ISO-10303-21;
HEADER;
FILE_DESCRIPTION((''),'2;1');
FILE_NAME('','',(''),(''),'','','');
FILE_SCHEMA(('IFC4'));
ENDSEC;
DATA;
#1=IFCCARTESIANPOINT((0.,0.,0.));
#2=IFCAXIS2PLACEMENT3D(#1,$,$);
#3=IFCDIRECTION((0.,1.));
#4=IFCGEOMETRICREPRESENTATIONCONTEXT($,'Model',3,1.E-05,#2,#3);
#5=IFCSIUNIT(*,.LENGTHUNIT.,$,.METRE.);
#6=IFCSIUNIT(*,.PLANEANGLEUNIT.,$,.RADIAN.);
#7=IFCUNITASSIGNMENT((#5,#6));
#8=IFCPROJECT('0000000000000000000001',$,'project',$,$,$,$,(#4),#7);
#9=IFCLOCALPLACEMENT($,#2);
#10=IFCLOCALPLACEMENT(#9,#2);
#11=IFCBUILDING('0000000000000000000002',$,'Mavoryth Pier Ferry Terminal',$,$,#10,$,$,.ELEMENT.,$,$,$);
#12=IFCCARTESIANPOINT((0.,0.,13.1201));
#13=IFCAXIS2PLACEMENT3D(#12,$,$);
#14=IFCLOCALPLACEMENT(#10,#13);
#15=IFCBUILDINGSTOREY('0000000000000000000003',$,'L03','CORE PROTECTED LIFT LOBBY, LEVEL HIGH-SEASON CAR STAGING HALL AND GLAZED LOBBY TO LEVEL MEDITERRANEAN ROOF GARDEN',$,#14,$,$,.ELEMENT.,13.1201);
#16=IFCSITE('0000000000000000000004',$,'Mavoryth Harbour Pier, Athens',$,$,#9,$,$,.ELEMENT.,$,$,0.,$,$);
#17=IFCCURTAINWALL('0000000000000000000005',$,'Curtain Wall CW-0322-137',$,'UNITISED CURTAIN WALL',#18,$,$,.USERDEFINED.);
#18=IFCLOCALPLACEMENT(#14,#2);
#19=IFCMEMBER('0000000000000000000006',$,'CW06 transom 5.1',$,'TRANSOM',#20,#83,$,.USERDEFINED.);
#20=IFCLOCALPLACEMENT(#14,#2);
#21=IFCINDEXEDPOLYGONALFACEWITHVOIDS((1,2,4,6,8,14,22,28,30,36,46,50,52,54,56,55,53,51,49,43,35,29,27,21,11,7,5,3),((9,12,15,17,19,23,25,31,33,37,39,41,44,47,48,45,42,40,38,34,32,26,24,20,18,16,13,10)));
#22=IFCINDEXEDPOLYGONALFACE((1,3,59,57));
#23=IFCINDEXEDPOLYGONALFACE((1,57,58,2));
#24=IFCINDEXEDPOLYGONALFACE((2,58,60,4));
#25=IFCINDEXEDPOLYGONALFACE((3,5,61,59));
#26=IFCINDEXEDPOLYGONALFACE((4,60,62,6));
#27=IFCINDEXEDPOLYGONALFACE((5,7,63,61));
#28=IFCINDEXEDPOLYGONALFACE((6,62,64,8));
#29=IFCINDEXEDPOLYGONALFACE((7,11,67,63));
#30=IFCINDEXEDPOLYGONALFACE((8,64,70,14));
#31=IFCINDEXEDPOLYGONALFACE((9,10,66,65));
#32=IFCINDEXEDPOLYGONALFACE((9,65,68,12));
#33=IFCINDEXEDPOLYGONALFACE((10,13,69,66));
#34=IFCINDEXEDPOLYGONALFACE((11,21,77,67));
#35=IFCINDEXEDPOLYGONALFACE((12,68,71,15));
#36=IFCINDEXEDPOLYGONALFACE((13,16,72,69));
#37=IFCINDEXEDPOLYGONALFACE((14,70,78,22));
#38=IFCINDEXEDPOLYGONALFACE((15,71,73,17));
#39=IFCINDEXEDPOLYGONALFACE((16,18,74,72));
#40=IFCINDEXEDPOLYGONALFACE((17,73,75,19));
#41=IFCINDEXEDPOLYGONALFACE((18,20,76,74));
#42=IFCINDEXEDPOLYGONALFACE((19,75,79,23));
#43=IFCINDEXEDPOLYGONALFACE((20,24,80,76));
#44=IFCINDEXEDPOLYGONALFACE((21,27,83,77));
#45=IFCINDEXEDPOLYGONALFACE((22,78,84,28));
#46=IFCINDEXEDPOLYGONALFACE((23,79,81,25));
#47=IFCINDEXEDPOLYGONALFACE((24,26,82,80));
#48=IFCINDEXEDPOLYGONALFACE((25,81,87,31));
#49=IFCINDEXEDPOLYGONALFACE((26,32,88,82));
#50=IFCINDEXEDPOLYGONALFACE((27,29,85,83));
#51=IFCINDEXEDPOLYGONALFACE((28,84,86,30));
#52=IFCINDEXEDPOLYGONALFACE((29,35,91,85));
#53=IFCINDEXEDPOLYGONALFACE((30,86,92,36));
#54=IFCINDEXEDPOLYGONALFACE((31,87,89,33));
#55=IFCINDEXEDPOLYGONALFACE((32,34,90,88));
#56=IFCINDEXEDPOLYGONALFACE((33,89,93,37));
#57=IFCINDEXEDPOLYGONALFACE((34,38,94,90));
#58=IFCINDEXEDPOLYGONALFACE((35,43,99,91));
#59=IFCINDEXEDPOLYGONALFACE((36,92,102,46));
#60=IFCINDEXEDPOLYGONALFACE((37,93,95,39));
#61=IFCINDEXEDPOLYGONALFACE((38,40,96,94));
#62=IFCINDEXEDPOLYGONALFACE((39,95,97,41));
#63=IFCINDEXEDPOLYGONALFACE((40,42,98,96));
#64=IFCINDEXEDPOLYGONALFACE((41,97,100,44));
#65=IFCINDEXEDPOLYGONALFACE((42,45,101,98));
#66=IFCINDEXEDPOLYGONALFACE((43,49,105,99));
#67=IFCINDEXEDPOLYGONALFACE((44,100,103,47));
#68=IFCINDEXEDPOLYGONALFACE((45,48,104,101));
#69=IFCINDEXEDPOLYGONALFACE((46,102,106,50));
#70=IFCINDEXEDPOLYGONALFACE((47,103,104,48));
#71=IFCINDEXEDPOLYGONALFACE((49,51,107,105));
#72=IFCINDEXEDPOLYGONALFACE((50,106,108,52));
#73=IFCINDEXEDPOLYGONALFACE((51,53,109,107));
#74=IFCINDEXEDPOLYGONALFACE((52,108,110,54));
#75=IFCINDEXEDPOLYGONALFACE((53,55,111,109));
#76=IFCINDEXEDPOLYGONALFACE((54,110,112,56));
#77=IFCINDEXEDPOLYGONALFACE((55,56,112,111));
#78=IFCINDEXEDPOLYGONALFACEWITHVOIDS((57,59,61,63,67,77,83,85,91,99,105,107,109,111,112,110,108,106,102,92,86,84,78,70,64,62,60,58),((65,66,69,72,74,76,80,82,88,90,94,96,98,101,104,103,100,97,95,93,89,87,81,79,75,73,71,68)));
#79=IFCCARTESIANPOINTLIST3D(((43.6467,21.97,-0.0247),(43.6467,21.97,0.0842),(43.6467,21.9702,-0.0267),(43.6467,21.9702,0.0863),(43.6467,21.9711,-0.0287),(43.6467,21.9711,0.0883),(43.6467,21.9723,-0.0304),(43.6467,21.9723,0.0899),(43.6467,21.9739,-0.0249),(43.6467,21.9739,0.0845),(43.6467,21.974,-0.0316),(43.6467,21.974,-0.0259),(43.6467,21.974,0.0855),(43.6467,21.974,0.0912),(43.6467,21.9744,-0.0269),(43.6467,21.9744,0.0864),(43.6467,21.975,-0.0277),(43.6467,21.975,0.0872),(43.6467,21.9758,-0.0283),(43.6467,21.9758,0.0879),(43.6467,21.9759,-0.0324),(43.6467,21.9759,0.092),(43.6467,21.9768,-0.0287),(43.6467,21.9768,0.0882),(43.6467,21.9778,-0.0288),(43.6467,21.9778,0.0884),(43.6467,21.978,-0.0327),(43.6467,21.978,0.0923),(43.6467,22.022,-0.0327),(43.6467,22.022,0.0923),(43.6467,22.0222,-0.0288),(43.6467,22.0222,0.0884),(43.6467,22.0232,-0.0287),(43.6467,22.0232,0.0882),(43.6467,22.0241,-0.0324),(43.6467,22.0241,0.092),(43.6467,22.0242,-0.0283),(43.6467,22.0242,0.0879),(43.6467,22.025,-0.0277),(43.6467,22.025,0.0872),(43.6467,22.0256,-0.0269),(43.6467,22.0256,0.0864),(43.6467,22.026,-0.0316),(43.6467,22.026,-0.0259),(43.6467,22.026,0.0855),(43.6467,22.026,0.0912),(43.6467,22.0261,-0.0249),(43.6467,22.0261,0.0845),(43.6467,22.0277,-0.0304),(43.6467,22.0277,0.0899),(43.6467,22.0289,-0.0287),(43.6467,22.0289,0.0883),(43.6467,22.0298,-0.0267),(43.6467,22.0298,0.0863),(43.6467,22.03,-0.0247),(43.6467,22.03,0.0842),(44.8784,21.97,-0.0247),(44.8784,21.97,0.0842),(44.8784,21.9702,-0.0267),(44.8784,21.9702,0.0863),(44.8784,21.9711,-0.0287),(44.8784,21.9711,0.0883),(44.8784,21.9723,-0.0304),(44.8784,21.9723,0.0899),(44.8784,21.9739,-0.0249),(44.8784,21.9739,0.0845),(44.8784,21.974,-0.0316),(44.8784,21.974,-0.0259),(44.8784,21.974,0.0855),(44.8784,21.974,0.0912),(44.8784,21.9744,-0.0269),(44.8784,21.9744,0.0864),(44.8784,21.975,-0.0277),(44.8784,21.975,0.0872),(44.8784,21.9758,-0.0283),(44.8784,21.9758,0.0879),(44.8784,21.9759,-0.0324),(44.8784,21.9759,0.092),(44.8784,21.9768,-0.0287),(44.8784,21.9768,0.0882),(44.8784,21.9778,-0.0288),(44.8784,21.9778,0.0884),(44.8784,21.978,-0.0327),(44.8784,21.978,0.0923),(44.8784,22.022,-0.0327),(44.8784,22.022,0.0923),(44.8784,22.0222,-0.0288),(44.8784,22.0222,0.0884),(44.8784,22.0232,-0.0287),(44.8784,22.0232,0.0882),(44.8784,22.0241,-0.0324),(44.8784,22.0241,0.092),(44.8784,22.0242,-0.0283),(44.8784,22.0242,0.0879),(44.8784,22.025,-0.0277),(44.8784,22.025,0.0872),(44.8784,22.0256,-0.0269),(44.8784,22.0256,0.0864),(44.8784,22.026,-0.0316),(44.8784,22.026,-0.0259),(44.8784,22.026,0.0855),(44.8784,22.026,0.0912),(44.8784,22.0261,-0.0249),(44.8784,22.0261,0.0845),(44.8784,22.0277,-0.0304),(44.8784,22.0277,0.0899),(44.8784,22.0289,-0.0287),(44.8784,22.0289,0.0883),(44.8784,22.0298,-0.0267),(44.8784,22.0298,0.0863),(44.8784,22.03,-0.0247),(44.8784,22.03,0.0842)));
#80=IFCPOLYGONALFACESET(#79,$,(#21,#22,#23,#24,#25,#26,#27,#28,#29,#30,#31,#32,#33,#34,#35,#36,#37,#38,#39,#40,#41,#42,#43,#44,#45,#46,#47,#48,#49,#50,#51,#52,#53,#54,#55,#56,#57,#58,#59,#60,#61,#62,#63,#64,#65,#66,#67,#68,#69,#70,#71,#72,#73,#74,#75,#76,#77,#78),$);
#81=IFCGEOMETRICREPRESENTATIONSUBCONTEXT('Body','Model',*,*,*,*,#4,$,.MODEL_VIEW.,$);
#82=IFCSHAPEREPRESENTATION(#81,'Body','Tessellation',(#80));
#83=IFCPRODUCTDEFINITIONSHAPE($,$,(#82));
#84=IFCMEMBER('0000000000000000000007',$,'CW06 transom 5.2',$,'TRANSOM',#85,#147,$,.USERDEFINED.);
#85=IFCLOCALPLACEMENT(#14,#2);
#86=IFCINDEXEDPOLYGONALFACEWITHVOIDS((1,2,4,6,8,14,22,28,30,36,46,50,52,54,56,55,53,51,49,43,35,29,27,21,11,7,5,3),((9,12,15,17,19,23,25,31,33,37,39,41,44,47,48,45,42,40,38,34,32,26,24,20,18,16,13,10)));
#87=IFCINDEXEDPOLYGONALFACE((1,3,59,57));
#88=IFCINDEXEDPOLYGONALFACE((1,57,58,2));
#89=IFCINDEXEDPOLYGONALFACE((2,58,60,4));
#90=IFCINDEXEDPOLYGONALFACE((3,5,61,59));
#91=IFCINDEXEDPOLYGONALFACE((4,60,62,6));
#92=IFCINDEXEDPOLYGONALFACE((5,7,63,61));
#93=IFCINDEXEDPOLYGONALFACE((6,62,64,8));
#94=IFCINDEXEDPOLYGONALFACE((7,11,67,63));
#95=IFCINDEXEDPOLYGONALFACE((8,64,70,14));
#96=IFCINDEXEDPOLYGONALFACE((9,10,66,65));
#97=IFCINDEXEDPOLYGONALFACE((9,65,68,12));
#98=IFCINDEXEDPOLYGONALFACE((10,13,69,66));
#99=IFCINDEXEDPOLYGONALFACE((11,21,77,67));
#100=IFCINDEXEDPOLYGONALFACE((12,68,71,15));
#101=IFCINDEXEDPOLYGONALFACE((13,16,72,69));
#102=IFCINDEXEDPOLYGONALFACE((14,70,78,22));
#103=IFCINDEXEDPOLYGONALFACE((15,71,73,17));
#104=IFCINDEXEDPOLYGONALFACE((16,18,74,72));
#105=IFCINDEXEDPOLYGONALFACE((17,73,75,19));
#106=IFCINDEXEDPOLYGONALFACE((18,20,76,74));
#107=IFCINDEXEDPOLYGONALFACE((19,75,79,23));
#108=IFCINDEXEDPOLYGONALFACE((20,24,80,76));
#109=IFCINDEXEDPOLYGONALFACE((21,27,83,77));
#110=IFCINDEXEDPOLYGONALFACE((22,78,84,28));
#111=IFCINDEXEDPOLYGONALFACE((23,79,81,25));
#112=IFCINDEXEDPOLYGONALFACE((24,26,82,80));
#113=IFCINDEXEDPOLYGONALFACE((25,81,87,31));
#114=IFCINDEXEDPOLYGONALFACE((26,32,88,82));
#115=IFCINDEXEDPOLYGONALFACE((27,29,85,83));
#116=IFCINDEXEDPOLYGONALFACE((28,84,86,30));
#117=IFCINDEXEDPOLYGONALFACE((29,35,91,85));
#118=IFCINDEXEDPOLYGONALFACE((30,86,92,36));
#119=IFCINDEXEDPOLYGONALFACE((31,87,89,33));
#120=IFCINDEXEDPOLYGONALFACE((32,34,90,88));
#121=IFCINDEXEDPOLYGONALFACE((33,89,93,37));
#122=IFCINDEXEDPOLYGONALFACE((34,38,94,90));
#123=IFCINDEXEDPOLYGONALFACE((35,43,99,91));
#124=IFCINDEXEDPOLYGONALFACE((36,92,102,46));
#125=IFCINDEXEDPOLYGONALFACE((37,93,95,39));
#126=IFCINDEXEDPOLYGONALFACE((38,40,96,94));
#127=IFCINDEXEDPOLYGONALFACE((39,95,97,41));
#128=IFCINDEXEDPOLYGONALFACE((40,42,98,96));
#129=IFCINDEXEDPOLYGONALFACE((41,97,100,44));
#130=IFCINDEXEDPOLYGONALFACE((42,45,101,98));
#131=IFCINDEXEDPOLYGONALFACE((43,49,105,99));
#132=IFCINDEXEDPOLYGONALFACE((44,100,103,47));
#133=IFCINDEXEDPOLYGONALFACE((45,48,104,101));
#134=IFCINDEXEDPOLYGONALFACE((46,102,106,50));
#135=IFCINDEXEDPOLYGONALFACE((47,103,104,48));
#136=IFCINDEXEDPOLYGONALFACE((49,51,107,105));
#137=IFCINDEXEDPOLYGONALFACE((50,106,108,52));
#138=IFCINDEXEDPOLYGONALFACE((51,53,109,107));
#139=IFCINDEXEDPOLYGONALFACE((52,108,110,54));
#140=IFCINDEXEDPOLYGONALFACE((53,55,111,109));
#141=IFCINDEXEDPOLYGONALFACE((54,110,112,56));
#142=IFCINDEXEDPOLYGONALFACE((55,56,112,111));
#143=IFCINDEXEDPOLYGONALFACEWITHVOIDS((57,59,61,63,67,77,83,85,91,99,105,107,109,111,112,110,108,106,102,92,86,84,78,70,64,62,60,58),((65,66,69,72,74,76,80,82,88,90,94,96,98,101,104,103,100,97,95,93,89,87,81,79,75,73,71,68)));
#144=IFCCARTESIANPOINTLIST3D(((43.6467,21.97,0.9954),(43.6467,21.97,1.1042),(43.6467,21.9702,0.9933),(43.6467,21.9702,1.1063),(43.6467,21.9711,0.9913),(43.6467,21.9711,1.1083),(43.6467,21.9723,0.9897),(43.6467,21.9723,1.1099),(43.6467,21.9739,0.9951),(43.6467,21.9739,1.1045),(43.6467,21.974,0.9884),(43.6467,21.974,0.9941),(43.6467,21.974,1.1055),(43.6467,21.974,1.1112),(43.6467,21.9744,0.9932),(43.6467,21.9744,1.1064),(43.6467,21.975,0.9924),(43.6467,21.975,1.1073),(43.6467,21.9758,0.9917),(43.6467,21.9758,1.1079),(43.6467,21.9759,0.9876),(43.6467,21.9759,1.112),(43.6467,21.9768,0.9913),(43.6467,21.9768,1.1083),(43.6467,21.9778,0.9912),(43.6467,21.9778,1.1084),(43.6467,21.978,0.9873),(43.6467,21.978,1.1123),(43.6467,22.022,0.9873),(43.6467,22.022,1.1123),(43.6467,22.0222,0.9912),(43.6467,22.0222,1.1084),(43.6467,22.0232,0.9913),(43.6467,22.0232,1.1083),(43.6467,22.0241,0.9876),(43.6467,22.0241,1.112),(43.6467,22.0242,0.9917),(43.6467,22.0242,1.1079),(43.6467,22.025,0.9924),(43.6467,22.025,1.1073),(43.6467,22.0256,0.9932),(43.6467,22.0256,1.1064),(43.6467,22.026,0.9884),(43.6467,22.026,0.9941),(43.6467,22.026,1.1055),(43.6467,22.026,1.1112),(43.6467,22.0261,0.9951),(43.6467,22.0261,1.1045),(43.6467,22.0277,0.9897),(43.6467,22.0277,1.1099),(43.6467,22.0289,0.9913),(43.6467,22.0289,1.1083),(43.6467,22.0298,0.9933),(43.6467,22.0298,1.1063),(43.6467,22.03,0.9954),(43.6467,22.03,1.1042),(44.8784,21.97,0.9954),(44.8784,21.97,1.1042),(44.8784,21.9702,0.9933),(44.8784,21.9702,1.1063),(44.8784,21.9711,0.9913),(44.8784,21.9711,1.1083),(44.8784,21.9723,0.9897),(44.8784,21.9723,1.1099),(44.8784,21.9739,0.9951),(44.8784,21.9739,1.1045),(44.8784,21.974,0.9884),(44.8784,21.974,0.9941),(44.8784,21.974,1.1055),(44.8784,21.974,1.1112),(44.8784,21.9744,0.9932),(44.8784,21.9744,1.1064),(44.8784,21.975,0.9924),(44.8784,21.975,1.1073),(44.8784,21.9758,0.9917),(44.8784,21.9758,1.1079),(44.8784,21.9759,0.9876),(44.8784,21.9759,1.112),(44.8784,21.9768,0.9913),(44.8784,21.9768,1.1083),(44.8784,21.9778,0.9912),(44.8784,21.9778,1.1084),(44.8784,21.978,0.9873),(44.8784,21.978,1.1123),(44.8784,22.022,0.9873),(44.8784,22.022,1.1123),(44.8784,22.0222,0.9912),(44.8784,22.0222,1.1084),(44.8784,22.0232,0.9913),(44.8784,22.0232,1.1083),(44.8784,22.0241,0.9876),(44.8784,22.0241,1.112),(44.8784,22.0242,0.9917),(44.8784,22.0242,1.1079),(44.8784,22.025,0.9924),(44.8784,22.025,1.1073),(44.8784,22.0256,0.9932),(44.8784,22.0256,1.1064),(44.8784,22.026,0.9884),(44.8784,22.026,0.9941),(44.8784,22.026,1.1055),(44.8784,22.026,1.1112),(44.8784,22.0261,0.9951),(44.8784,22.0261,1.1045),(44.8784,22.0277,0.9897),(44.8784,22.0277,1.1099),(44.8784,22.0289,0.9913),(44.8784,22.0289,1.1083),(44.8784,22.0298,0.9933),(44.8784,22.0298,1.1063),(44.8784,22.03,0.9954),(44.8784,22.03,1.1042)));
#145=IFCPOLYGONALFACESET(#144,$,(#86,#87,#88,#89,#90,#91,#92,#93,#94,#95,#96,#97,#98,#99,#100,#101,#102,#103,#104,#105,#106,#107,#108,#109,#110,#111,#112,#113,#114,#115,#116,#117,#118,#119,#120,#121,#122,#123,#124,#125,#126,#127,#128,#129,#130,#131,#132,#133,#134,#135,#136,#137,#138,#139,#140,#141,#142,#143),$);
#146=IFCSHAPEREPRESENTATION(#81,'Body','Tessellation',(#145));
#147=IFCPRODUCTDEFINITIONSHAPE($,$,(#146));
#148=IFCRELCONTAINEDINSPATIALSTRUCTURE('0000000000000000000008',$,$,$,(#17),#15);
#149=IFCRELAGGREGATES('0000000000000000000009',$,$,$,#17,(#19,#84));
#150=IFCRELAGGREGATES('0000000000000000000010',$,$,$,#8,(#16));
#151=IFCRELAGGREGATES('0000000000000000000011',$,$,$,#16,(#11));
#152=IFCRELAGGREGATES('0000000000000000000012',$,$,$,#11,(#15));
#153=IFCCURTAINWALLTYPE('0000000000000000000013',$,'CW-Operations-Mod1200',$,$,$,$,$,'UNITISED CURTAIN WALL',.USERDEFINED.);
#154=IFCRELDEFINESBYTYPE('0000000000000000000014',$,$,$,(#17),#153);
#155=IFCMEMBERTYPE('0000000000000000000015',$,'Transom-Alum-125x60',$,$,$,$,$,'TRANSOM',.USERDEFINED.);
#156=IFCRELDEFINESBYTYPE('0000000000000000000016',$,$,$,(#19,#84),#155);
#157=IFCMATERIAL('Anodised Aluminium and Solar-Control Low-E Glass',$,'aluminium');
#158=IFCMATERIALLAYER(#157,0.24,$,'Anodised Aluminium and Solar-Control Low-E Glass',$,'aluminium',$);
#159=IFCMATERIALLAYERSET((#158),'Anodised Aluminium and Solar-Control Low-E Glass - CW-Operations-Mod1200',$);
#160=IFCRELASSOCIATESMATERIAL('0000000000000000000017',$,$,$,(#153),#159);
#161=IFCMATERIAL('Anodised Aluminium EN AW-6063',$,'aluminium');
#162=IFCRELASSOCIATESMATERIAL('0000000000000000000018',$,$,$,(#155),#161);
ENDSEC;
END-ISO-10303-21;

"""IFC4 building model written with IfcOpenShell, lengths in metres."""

from ifc_helpers import new_model, si_unit, direction, frame, origin, origin_2d, place, context, subcontext, project, spatial, hollow_rectangle, extrude, material, layer, layer_set, material_profile, profile_set, type_object, element, aggregate, save


model = new_model("IFC4")

# Units and contexts
model_context = context("Model", 3, precision=1e-05, world=origin(), true_north=direction((0.0, 1.0)))
body_context = subcontext(model_context, "Body", "Model", "MODEL_VIEW")
ifc_project = project(units=[si_unit("LENGTHUNIT", "METRE"), si_unit("PLANEANGLEUNIT", "RADIAN")], contexts=[model_context])

# Site, building, storey
site_placement = place(None, origin())
site = spatial("IfcSite", under=ifc_project, at=site_placement, Name="Mavoryth Harbour Pier, Athens", CompositionType="ELEMENT", RefElevation=0.0)
building_placement = place(site_placement, origin())
building = spatial("IfcBuilding", under=site, at=building_placement, Name="Mavoryth Pier Ferry Terminal", CompositionType="ELEMENT")
storey_placement = place(building_placement, frame((0.0, 0.0, 13.1201)))
storey = spatial("IfcBuildingStorey", under=building, at=storey_placement, Name="L03", Description="CORE PROTECTED LIFT LOBBY, LEVEL HIGH-SEASON CAR STAGING HALL AND GLAZED LOBBY TO LEVEL MEDITERRANEAN ROOF GARDEN", CompositionType="ELEMENT", Elevation=13.1201)

# Curtain wall
ifc_material_1 = material(Name="Anodised Aluminium and Solar-Control Low-E Glass", Category="aluminium")
ifc_layer_1 = layer(ifc_material_1, 0.24, Name="Anodised Aluminium and Solar-Control Low-E Glass", Category="aluminium")
ifc_layer_set_1 = layer_set([ifc_layer_1], Name="Anodised Aluminium and Solar-Control Low-E Glass - CW-Operations-Mod1200")
curtain_wall_type = type_object("IfcCurtainWallType", Name="CW-Operations-Mod1200", ElementType="UNITISED CURTAIN WALL", PredefinedType="USERDEFINED", material=ifc_layer_set_1)
curtain_wall_1_placement = place(storey_placement, origin())
curtain_wall_1 = element("IfcCurtainWall", 1, at=curtain_wall_1_placement, inside=storey, type_object=curtain_wall_type, Name="Curtain Wall CW-0322-137", ObjectType="UNITISED CURTAIN WALL", PredefinedType="USERDEFINED")
ifc_material_2 = material(Name="Anodised Aluminium EN AW-6063", Category="aluminium")

# Members
ifc_material_profile_1 = material_profile(ifc_material_2, hollow_rectangle(XDim=0.0601, YDim=0.125, WallThickness=0.0039, InnerFilletRadius=0.0039, OuterFilletRadius=0.0081, at=origin_2d()), Name="AL-TRAN 125x60x4", Category="aluminium")
ifc_profile_set_1 = profile_set([ifc_material_profile_1], Name="Anodised Aluminium EN AW-6063 - AL-TRAN 125x60x4")
member_type_1 = type_object("IfcMemberType", Name="Transom-Alum-125x60", ElementType="TRANSOM", PredefinedType="USERDEFINED", material=ifc_profile_set_1)
member_1_placement = place(storey_placement, frame((44.8784, 22.0, 0.0298), z_axis=(-1.0, 0.0, 0.0), x_axis=(0.0, -1.0, 0.0)))
member_1 = element("IfcMember", 2, at=member_1_placement, type_object=member_type_1, Name="CW06 transom 5.1", ObjectType="TRANSOM", PredefinedType="USERDEFINED", context=body_context, shape_type="SweptSolid", body=[
    extrude(hollow_rectangle(XDim=0.0601, YDim=0.125, WallThickness=0.0039, InnerFilletRadius=0.0039, OuterFilletRadius=0.0081, at=origin_2d()), origin(), (0.0, 0.0, 1.0), 1.2317),
])
member_2_placement = place(storey_placement, frame((44.8784, 22.0, 1.0498), z_axis=(-1.0, 0.0, 0.0), x_axis=(0.0, -1.0, 0.0)))
member_2 = element("IfcMember", 3, at=member_2_placement, type_object=member_type_1, Name="CW06 transom 5.2", ObjectType="TRANSOM", PredefinedType="USERDEFINED", context=body_context, shape_type="SweptSolid", body=[
    extrude(hollow_rectangle(XDim=0.0601, YDim=0.125, WallThickness=0.0039, InnerFilletRadius=0.0039, OuterFilletRadius=0.0081, at=origin_2d()), origin(), (0.0, 0.0, 1.0), 1.2317),
])

aggregate(curtain_wall_1, [member_1, member_2])

save(model, "model.ifc")
